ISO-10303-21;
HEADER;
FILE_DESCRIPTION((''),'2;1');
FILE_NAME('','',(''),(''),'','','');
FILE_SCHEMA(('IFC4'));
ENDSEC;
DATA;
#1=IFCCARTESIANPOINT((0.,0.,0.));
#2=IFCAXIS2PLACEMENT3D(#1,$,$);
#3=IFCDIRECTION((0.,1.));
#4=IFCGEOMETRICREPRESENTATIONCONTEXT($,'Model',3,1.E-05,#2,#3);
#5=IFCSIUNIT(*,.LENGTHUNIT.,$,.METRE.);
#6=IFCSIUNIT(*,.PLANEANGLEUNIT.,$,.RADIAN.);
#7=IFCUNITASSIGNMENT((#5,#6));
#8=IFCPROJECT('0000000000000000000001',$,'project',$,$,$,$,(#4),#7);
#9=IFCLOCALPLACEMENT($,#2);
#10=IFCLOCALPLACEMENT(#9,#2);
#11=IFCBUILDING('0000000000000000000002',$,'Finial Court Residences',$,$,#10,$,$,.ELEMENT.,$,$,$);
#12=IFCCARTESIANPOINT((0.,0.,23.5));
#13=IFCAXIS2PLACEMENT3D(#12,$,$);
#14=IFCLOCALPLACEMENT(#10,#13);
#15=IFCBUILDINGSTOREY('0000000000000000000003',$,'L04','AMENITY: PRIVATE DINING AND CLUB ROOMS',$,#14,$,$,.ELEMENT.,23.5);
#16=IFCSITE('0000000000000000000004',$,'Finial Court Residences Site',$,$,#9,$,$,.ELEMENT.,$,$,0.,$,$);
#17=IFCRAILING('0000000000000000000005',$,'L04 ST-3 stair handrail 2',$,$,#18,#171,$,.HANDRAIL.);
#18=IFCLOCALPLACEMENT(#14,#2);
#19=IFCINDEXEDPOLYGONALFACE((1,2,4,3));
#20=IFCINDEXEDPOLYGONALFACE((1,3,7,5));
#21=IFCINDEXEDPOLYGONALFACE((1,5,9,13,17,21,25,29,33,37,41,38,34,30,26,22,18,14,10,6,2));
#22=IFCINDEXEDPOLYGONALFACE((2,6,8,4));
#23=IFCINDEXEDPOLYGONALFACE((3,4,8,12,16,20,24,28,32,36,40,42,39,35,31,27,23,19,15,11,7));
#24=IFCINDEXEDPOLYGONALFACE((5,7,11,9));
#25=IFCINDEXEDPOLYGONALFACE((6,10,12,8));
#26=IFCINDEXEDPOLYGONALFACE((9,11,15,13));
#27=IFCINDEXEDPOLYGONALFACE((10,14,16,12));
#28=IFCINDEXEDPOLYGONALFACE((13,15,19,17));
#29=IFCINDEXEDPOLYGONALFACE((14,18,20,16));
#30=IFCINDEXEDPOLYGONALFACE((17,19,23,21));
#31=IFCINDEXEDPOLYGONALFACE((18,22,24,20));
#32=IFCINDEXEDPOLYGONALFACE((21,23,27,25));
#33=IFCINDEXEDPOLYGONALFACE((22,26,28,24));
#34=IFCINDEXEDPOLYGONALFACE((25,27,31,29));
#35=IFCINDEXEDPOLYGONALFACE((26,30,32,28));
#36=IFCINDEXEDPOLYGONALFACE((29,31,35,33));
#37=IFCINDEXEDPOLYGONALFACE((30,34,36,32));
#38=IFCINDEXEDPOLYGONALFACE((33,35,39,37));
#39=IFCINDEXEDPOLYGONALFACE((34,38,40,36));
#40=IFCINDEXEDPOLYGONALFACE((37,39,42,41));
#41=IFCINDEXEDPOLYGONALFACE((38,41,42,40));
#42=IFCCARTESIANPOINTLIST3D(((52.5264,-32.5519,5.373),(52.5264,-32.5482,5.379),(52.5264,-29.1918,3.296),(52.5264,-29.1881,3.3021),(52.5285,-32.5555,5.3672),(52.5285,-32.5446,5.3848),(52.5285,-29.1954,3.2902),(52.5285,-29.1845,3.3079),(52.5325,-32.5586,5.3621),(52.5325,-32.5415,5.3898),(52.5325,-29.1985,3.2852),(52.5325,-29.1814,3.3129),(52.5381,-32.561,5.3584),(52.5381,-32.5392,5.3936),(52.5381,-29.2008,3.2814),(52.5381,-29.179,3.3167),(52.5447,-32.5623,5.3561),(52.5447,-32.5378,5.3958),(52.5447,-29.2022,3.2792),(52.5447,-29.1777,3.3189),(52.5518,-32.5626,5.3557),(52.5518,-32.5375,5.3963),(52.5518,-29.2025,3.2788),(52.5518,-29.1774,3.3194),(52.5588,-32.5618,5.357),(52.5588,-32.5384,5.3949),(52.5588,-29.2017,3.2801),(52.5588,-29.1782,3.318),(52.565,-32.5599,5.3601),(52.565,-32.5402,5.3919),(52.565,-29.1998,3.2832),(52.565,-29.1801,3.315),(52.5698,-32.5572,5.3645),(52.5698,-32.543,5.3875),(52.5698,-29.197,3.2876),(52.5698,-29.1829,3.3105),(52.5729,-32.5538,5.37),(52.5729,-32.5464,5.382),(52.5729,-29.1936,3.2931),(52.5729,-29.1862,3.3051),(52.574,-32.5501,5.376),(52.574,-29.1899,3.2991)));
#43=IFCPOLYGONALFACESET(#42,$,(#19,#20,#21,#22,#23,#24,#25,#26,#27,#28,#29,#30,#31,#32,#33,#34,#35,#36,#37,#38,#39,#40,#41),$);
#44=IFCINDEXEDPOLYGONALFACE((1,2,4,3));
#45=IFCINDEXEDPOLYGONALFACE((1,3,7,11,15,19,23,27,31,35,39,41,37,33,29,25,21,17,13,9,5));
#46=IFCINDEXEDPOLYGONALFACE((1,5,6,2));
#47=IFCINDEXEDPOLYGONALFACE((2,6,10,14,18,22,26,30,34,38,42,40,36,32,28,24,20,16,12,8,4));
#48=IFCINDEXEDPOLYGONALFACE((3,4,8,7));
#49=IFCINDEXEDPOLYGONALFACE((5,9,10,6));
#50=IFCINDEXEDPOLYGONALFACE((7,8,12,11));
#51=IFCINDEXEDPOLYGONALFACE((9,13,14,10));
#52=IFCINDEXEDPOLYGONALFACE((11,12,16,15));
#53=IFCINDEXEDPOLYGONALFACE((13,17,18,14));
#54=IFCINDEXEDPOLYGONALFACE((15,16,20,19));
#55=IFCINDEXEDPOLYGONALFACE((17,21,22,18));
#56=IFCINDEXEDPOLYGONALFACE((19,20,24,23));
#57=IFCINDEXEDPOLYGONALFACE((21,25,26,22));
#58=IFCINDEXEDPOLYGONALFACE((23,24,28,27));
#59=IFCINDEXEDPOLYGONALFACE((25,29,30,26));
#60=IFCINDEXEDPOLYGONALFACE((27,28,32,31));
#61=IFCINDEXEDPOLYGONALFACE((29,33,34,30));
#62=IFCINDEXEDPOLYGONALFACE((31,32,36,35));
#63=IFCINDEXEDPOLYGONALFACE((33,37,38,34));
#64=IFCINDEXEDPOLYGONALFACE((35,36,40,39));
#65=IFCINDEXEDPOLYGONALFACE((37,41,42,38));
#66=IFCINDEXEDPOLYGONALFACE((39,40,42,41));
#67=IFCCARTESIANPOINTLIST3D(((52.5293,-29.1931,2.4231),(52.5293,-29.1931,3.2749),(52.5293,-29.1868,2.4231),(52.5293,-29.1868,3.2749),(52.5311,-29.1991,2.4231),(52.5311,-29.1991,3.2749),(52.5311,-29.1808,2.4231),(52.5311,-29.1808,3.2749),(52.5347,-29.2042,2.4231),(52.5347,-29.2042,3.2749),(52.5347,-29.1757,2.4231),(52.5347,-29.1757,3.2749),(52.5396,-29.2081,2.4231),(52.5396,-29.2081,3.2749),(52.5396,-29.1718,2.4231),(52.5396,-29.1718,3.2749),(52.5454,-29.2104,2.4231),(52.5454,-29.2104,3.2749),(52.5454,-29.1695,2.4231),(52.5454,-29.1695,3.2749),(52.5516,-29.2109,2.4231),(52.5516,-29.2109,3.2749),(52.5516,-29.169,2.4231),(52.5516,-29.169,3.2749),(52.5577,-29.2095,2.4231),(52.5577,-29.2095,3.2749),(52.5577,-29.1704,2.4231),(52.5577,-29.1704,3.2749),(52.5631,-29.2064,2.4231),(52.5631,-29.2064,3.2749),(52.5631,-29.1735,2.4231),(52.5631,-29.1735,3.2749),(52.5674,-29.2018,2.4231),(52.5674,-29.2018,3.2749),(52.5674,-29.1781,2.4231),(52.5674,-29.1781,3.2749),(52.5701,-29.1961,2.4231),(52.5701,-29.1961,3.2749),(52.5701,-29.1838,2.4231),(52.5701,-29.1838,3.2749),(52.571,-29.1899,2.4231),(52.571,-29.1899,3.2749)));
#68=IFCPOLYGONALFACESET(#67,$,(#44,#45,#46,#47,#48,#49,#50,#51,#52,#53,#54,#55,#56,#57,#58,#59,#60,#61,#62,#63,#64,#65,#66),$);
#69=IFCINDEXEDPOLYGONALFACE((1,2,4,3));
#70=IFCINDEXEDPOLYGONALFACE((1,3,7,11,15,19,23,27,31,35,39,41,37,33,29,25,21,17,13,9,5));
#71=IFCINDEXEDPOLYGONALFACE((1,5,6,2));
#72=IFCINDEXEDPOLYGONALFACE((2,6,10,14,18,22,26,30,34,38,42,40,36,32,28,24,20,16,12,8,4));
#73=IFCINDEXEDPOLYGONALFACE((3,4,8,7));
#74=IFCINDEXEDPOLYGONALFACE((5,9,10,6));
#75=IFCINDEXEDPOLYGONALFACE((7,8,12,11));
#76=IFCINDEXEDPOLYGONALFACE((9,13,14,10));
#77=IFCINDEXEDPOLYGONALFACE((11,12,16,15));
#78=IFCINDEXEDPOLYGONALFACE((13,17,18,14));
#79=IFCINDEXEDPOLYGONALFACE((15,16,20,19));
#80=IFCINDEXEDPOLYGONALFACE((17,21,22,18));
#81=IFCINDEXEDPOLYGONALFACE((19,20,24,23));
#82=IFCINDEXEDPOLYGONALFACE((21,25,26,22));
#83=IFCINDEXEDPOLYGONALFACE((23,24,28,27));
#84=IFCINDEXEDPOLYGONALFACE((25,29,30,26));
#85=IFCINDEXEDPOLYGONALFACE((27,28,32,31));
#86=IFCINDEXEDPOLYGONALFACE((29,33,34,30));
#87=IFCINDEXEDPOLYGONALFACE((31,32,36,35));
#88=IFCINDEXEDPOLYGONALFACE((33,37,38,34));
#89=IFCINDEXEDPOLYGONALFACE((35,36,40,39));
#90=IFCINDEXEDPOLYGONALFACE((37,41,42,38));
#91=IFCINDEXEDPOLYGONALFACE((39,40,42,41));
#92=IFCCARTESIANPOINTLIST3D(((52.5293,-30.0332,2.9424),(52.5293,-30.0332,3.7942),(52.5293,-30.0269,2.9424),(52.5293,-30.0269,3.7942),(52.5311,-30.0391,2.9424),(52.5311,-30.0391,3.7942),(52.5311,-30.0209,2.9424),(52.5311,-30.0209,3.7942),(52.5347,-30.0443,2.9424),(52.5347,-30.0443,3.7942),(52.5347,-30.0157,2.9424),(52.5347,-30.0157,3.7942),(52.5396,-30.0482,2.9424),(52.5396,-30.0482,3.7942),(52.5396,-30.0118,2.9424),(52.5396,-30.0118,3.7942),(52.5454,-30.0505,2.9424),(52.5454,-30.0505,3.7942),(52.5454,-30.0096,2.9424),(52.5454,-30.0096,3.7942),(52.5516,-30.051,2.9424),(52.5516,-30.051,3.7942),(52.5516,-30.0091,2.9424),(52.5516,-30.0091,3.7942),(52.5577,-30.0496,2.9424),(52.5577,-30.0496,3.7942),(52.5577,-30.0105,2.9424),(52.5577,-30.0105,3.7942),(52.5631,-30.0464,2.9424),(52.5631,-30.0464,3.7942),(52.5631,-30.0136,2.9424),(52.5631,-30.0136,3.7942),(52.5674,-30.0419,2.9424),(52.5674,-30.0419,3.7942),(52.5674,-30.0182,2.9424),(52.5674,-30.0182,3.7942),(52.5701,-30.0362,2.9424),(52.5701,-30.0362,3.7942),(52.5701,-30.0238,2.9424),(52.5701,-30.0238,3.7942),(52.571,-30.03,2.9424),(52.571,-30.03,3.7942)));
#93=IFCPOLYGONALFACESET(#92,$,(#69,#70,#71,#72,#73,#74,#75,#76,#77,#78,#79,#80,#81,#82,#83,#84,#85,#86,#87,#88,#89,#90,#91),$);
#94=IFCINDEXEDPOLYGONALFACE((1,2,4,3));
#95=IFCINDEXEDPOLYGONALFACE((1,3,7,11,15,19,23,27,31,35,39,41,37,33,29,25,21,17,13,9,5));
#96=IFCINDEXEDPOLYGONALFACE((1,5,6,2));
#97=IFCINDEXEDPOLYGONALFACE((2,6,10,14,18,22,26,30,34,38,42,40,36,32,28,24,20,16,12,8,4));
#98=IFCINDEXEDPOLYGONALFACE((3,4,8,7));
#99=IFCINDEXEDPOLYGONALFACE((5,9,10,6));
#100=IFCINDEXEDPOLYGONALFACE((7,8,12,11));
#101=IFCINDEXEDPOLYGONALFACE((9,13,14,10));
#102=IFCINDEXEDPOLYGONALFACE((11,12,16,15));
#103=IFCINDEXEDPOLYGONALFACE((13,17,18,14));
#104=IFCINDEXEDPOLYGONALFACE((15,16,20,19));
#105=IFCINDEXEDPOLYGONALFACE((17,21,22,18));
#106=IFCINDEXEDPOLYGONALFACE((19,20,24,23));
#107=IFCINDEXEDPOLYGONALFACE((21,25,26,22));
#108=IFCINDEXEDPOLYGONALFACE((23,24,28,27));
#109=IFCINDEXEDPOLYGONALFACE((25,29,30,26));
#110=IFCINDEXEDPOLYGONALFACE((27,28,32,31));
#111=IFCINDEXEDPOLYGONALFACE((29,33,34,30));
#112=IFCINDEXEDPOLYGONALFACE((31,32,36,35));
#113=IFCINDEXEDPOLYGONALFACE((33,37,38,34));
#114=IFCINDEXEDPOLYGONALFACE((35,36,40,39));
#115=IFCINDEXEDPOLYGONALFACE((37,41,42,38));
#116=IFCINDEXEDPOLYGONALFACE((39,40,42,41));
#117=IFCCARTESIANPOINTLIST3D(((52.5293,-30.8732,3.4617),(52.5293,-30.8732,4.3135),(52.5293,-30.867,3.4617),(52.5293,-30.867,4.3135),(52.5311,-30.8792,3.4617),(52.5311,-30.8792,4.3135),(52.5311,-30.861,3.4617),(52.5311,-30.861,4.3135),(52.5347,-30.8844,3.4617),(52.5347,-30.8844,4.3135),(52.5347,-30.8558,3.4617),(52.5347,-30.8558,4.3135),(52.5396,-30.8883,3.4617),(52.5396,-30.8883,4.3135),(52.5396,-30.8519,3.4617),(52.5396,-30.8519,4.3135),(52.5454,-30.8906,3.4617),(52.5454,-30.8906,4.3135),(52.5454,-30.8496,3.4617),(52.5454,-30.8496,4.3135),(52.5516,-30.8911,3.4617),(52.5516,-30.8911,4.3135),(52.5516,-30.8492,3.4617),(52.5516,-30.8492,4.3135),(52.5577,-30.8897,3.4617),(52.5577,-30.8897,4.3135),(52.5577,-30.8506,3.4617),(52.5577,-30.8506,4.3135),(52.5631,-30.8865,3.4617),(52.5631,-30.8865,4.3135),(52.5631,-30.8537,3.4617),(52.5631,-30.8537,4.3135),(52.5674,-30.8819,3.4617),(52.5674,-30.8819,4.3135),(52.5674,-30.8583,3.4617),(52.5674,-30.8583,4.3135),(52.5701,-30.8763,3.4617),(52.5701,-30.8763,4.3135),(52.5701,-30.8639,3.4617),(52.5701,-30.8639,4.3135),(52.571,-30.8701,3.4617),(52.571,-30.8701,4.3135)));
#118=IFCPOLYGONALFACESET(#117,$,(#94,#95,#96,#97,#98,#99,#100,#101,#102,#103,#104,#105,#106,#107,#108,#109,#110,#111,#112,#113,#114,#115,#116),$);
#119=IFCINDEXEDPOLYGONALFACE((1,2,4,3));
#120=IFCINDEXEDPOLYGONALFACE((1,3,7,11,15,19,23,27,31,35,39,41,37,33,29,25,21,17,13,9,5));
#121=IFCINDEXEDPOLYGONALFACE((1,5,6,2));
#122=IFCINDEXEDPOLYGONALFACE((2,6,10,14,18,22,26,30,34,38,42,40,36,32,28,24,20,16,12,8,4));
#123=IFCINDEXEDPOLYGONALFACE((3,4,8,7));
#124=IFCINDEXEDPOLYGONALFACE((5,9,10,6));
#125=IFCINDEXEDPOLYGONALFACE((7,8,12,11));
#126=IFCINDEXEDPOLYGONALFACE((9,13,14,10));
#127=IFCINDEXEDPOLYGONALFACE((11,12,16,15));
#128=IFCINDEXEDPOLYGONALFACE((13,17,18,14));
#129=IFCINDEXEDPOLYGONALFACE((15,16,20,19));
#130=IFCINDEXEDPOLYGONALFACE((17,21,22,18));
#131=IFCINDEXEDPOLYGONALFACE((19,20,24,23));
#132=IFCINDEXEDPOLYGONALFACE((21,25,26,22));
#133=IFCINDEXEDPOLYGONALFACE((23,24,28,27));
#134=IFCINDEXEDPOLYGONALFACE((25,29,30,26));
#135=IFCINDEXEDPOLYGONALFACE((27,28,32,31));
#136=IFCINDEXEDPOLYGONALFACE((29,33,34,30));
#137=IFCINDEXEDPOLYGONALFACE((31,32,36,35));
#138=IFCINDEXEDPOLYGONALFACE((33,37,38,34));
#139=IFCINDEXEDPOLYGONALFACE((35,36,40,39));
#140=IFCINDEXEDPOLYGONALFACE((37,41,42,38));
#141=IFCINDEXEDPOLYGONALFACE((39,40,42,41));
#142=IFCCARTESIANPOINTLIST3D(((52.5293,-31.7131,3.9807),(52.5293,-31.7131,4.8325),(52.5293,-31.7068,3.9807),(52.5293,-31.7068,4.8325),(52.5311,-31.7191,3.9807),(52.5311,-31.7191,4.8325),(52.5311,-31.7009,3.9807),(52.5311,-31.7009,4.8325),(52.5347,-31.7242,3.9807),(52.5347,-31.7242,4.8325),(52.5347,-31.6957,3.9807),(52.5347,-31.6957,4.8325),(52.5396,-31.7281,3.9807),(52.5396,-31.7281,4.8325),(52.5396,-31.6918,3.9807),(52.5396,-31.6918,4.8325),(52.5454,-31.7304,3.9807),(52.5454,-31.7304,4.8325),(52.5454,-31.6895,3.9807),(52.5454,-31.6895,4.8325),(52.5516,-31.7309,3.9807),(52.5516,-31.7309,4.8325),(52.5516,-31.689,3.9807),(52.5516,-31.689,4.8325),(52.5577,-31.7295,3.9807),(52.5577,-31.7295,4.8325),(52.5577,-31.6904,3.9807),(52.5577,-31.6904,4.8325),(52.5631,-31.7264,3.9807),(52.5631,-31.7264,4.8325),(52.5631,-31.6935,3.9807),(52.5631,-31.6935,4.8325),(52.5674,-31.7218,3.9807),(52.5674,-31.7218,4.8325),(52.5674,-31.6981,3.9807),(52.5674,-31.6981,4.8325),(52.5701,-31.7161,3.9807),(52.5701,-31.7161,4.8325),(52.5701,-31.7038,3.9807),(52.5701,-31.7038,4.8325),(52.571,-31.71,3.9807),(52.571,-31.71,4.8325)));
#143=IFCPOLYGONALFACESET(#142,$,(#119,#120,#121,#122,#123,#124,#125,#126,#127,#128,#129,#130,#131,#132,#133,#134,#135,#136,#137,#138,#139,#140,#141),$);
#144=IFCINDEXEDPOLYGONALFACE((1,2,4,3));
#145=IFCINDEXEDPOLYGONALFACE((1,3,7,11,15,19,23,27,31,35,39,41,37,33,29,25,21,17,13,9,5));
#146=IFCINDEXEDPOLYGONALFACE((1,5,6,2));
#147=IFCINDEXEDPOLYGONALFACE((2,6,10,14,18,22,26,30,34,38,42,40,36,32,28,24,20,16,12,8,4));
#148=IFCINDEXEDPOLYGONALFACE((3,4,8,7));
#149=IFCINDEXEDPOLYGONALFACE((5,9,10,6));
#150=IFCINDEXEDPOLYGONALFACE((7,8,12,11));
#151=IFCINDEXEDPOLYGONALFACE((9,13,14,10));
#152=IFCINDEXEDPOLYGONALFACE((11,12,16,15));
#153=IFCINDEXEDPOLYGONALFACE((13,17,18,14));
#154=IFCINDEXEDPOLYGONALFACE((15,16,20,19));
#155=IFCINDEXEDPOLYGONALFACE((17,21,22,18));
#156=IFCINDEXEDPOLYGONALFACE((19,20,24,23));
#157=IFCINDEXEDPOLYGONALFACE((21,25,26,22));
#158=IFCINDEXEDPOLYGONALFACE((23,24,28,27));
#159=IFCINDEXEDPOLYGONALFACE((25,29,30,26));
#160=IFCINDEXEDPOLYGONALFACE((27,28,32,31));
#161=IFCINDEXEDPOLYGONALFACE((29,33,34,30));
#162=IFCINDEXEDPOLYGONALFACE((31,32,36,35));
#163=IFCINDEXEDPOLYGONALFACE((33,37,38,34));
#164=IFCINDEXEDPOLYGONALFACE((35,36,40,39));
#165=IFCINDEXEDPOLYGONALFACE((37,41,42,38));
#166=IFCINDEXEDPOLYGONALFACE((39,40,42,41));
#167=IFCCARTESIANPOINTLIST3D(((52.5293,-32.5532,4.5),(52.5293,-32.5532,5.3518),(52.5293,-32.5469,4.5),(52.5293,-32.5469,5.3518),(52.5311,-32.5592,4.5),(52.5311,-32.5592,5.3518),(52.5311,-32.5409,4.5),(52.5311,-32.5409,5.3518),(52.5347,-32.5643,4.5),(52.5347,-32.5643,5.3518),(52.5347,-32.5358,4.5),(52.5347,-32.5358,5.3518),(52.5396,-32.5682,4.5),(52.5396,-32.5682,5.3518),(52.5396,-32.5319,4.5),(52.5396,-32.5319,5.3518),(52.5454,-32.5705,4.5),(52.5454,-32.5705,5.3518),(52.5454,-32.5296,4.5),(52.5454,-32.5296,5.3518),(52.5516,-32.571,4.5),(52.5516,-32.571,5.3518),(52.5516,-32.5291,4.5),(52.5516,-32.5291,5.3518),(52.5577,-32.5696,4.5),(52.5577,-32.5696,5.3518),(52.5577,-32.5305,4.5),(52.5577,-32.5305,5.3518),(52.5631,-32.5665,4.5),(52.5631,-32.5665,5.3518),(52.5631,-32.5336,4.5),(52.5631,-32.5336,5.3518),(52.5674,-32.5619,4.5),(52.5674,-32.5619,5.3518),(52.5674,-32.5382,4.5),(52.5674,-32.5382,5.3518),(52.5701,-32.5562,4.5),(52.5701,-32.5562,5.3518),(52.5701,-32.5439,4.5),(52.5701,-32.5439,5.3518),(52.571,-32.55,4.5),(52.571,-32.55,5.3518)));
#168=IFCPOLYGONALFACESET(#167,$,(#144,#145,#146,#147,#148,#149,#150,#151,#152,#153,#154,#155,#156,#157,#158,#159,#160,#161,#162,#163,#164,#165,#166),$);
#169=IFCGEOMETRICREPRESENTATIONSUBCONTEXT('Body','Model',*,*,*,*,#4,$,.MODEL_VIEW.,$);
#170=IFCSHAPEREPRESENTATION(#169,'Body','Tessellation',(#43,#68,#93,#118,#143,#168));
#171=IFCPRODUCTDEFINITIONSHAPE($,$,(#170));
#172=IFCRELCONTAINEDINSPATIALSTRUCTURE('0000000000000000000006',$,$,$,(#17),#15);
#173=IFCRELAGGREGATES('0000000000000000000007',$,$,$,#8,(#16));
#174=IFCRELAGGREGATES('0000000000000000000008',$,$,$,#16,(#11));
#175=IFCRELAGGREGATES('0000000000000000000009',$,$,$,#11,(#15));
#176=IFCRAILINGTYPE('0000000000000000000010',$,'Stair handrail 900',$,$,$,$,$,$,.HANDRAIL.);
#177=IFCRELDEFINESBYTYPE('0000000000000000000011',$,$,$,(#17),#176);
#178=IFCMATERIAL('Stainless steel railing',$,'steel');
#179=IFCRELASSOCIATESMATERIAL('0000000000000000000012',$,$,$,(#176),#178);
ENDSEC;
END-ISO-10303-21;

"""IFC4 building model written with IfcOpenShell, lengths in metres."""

from ifc_helpers import new_model, si_unit, direction, frame, origin, origin_2d, place, context, subcontext, project, spatial, circle, extrude, material, type_object, element, save


model = new_model("IFC4")

# Units and contexts
model_context = context("Model", 3, precision=1e-05, world=origin(), true_north=direction((0.0, 1.0)))
body_context = subcontext(model_context, "Body", "Model", "MODEL_VIEW")
ifc_project = project(units=[si_unit("LENGTHUNIT", "METRE"), si_unit("PLANEANGLEUNIT", "RADIAN")], contexts=[model_context])

# Site, building, storey
site_placement = place(None, origin())
site = spatial("IfcSite", under=ifc_project, at=site_placement, Name="Finial Court Residences Site", CompositionType="ELEMENT", RefElevation=0.0)
building_placement = place(site_placement, origin())
building = spatial("IfcBuilding", under=site, at=building_placement, Name="Finial Court Residences", CompositionType="ELEMENT")
storey_placement = place(building_placement, frame((0.0, 0.0, 23.5)))
storey = spatial("IfcBuildingStorey", under=building, at=storey_placement, Name="L04", Description="AMENITY: PRIVATE DINING AND CLUB ROOMS", CompositionType="ELEMENT", Elevation=23.5)

# Railing
ifc_material_1 = material(Name="Stainless steel railing", Category="steel")
railing_type = type_object("IfcRailingType", Name="Stair handrail 900", PredefinedType="HANDRAIL", material=ifc_material_1)
railing_placement = place(storey_placement, frame((52.55, -29.1899, 2.4231)))
element("IfcRailing", 1, at=railing_placement, inside=storey, type_object=railing_type, Name="L04 ST-3 stair handrail 2", PredefinedType="HANDRAIL", context=body_context, shape_type="SweptSolid", body=[
    extrude(circle(Radius=0.0239, at=origin_2d()), frame((0.0, 0.0, 0.876), z_axis=(0.0, -0.850623, 0.525776), x_axis=(1.0, 0.0, 0.0)), (0.0, 0.0, 1.0), 3.9502),
    extrude(circle(Radius=0.021, at=origin_2d()), origin(), (0.0, 0.0, 1.0), 0.8518),
    extrude(circle(Radius=0.021, at=origin_2d()), frame((0.0, -0.8401, 0.5193)), (0.0, 0.0, 1.0), 0.8518),
    extrude(circle(Radius=0.021, at=origin_2d()), frame((0.0, -1.6802, 1.0386)), (0.0, 0.0, 1.0), 0.8518),
    extrude(circle(Radius=0.021, at=origin_2d()), frame((0.0, -2.52, 1.5576)), (0.0, 0.0, 1.0), 0.8518),
    extrude(circle(Radius=0.021, at=origin_2d()), frame((0.0, -3.3601, 2.0769)), (0.0, 0.0, 1.0), 0.8518),
])

save(model, "model.ifc")
